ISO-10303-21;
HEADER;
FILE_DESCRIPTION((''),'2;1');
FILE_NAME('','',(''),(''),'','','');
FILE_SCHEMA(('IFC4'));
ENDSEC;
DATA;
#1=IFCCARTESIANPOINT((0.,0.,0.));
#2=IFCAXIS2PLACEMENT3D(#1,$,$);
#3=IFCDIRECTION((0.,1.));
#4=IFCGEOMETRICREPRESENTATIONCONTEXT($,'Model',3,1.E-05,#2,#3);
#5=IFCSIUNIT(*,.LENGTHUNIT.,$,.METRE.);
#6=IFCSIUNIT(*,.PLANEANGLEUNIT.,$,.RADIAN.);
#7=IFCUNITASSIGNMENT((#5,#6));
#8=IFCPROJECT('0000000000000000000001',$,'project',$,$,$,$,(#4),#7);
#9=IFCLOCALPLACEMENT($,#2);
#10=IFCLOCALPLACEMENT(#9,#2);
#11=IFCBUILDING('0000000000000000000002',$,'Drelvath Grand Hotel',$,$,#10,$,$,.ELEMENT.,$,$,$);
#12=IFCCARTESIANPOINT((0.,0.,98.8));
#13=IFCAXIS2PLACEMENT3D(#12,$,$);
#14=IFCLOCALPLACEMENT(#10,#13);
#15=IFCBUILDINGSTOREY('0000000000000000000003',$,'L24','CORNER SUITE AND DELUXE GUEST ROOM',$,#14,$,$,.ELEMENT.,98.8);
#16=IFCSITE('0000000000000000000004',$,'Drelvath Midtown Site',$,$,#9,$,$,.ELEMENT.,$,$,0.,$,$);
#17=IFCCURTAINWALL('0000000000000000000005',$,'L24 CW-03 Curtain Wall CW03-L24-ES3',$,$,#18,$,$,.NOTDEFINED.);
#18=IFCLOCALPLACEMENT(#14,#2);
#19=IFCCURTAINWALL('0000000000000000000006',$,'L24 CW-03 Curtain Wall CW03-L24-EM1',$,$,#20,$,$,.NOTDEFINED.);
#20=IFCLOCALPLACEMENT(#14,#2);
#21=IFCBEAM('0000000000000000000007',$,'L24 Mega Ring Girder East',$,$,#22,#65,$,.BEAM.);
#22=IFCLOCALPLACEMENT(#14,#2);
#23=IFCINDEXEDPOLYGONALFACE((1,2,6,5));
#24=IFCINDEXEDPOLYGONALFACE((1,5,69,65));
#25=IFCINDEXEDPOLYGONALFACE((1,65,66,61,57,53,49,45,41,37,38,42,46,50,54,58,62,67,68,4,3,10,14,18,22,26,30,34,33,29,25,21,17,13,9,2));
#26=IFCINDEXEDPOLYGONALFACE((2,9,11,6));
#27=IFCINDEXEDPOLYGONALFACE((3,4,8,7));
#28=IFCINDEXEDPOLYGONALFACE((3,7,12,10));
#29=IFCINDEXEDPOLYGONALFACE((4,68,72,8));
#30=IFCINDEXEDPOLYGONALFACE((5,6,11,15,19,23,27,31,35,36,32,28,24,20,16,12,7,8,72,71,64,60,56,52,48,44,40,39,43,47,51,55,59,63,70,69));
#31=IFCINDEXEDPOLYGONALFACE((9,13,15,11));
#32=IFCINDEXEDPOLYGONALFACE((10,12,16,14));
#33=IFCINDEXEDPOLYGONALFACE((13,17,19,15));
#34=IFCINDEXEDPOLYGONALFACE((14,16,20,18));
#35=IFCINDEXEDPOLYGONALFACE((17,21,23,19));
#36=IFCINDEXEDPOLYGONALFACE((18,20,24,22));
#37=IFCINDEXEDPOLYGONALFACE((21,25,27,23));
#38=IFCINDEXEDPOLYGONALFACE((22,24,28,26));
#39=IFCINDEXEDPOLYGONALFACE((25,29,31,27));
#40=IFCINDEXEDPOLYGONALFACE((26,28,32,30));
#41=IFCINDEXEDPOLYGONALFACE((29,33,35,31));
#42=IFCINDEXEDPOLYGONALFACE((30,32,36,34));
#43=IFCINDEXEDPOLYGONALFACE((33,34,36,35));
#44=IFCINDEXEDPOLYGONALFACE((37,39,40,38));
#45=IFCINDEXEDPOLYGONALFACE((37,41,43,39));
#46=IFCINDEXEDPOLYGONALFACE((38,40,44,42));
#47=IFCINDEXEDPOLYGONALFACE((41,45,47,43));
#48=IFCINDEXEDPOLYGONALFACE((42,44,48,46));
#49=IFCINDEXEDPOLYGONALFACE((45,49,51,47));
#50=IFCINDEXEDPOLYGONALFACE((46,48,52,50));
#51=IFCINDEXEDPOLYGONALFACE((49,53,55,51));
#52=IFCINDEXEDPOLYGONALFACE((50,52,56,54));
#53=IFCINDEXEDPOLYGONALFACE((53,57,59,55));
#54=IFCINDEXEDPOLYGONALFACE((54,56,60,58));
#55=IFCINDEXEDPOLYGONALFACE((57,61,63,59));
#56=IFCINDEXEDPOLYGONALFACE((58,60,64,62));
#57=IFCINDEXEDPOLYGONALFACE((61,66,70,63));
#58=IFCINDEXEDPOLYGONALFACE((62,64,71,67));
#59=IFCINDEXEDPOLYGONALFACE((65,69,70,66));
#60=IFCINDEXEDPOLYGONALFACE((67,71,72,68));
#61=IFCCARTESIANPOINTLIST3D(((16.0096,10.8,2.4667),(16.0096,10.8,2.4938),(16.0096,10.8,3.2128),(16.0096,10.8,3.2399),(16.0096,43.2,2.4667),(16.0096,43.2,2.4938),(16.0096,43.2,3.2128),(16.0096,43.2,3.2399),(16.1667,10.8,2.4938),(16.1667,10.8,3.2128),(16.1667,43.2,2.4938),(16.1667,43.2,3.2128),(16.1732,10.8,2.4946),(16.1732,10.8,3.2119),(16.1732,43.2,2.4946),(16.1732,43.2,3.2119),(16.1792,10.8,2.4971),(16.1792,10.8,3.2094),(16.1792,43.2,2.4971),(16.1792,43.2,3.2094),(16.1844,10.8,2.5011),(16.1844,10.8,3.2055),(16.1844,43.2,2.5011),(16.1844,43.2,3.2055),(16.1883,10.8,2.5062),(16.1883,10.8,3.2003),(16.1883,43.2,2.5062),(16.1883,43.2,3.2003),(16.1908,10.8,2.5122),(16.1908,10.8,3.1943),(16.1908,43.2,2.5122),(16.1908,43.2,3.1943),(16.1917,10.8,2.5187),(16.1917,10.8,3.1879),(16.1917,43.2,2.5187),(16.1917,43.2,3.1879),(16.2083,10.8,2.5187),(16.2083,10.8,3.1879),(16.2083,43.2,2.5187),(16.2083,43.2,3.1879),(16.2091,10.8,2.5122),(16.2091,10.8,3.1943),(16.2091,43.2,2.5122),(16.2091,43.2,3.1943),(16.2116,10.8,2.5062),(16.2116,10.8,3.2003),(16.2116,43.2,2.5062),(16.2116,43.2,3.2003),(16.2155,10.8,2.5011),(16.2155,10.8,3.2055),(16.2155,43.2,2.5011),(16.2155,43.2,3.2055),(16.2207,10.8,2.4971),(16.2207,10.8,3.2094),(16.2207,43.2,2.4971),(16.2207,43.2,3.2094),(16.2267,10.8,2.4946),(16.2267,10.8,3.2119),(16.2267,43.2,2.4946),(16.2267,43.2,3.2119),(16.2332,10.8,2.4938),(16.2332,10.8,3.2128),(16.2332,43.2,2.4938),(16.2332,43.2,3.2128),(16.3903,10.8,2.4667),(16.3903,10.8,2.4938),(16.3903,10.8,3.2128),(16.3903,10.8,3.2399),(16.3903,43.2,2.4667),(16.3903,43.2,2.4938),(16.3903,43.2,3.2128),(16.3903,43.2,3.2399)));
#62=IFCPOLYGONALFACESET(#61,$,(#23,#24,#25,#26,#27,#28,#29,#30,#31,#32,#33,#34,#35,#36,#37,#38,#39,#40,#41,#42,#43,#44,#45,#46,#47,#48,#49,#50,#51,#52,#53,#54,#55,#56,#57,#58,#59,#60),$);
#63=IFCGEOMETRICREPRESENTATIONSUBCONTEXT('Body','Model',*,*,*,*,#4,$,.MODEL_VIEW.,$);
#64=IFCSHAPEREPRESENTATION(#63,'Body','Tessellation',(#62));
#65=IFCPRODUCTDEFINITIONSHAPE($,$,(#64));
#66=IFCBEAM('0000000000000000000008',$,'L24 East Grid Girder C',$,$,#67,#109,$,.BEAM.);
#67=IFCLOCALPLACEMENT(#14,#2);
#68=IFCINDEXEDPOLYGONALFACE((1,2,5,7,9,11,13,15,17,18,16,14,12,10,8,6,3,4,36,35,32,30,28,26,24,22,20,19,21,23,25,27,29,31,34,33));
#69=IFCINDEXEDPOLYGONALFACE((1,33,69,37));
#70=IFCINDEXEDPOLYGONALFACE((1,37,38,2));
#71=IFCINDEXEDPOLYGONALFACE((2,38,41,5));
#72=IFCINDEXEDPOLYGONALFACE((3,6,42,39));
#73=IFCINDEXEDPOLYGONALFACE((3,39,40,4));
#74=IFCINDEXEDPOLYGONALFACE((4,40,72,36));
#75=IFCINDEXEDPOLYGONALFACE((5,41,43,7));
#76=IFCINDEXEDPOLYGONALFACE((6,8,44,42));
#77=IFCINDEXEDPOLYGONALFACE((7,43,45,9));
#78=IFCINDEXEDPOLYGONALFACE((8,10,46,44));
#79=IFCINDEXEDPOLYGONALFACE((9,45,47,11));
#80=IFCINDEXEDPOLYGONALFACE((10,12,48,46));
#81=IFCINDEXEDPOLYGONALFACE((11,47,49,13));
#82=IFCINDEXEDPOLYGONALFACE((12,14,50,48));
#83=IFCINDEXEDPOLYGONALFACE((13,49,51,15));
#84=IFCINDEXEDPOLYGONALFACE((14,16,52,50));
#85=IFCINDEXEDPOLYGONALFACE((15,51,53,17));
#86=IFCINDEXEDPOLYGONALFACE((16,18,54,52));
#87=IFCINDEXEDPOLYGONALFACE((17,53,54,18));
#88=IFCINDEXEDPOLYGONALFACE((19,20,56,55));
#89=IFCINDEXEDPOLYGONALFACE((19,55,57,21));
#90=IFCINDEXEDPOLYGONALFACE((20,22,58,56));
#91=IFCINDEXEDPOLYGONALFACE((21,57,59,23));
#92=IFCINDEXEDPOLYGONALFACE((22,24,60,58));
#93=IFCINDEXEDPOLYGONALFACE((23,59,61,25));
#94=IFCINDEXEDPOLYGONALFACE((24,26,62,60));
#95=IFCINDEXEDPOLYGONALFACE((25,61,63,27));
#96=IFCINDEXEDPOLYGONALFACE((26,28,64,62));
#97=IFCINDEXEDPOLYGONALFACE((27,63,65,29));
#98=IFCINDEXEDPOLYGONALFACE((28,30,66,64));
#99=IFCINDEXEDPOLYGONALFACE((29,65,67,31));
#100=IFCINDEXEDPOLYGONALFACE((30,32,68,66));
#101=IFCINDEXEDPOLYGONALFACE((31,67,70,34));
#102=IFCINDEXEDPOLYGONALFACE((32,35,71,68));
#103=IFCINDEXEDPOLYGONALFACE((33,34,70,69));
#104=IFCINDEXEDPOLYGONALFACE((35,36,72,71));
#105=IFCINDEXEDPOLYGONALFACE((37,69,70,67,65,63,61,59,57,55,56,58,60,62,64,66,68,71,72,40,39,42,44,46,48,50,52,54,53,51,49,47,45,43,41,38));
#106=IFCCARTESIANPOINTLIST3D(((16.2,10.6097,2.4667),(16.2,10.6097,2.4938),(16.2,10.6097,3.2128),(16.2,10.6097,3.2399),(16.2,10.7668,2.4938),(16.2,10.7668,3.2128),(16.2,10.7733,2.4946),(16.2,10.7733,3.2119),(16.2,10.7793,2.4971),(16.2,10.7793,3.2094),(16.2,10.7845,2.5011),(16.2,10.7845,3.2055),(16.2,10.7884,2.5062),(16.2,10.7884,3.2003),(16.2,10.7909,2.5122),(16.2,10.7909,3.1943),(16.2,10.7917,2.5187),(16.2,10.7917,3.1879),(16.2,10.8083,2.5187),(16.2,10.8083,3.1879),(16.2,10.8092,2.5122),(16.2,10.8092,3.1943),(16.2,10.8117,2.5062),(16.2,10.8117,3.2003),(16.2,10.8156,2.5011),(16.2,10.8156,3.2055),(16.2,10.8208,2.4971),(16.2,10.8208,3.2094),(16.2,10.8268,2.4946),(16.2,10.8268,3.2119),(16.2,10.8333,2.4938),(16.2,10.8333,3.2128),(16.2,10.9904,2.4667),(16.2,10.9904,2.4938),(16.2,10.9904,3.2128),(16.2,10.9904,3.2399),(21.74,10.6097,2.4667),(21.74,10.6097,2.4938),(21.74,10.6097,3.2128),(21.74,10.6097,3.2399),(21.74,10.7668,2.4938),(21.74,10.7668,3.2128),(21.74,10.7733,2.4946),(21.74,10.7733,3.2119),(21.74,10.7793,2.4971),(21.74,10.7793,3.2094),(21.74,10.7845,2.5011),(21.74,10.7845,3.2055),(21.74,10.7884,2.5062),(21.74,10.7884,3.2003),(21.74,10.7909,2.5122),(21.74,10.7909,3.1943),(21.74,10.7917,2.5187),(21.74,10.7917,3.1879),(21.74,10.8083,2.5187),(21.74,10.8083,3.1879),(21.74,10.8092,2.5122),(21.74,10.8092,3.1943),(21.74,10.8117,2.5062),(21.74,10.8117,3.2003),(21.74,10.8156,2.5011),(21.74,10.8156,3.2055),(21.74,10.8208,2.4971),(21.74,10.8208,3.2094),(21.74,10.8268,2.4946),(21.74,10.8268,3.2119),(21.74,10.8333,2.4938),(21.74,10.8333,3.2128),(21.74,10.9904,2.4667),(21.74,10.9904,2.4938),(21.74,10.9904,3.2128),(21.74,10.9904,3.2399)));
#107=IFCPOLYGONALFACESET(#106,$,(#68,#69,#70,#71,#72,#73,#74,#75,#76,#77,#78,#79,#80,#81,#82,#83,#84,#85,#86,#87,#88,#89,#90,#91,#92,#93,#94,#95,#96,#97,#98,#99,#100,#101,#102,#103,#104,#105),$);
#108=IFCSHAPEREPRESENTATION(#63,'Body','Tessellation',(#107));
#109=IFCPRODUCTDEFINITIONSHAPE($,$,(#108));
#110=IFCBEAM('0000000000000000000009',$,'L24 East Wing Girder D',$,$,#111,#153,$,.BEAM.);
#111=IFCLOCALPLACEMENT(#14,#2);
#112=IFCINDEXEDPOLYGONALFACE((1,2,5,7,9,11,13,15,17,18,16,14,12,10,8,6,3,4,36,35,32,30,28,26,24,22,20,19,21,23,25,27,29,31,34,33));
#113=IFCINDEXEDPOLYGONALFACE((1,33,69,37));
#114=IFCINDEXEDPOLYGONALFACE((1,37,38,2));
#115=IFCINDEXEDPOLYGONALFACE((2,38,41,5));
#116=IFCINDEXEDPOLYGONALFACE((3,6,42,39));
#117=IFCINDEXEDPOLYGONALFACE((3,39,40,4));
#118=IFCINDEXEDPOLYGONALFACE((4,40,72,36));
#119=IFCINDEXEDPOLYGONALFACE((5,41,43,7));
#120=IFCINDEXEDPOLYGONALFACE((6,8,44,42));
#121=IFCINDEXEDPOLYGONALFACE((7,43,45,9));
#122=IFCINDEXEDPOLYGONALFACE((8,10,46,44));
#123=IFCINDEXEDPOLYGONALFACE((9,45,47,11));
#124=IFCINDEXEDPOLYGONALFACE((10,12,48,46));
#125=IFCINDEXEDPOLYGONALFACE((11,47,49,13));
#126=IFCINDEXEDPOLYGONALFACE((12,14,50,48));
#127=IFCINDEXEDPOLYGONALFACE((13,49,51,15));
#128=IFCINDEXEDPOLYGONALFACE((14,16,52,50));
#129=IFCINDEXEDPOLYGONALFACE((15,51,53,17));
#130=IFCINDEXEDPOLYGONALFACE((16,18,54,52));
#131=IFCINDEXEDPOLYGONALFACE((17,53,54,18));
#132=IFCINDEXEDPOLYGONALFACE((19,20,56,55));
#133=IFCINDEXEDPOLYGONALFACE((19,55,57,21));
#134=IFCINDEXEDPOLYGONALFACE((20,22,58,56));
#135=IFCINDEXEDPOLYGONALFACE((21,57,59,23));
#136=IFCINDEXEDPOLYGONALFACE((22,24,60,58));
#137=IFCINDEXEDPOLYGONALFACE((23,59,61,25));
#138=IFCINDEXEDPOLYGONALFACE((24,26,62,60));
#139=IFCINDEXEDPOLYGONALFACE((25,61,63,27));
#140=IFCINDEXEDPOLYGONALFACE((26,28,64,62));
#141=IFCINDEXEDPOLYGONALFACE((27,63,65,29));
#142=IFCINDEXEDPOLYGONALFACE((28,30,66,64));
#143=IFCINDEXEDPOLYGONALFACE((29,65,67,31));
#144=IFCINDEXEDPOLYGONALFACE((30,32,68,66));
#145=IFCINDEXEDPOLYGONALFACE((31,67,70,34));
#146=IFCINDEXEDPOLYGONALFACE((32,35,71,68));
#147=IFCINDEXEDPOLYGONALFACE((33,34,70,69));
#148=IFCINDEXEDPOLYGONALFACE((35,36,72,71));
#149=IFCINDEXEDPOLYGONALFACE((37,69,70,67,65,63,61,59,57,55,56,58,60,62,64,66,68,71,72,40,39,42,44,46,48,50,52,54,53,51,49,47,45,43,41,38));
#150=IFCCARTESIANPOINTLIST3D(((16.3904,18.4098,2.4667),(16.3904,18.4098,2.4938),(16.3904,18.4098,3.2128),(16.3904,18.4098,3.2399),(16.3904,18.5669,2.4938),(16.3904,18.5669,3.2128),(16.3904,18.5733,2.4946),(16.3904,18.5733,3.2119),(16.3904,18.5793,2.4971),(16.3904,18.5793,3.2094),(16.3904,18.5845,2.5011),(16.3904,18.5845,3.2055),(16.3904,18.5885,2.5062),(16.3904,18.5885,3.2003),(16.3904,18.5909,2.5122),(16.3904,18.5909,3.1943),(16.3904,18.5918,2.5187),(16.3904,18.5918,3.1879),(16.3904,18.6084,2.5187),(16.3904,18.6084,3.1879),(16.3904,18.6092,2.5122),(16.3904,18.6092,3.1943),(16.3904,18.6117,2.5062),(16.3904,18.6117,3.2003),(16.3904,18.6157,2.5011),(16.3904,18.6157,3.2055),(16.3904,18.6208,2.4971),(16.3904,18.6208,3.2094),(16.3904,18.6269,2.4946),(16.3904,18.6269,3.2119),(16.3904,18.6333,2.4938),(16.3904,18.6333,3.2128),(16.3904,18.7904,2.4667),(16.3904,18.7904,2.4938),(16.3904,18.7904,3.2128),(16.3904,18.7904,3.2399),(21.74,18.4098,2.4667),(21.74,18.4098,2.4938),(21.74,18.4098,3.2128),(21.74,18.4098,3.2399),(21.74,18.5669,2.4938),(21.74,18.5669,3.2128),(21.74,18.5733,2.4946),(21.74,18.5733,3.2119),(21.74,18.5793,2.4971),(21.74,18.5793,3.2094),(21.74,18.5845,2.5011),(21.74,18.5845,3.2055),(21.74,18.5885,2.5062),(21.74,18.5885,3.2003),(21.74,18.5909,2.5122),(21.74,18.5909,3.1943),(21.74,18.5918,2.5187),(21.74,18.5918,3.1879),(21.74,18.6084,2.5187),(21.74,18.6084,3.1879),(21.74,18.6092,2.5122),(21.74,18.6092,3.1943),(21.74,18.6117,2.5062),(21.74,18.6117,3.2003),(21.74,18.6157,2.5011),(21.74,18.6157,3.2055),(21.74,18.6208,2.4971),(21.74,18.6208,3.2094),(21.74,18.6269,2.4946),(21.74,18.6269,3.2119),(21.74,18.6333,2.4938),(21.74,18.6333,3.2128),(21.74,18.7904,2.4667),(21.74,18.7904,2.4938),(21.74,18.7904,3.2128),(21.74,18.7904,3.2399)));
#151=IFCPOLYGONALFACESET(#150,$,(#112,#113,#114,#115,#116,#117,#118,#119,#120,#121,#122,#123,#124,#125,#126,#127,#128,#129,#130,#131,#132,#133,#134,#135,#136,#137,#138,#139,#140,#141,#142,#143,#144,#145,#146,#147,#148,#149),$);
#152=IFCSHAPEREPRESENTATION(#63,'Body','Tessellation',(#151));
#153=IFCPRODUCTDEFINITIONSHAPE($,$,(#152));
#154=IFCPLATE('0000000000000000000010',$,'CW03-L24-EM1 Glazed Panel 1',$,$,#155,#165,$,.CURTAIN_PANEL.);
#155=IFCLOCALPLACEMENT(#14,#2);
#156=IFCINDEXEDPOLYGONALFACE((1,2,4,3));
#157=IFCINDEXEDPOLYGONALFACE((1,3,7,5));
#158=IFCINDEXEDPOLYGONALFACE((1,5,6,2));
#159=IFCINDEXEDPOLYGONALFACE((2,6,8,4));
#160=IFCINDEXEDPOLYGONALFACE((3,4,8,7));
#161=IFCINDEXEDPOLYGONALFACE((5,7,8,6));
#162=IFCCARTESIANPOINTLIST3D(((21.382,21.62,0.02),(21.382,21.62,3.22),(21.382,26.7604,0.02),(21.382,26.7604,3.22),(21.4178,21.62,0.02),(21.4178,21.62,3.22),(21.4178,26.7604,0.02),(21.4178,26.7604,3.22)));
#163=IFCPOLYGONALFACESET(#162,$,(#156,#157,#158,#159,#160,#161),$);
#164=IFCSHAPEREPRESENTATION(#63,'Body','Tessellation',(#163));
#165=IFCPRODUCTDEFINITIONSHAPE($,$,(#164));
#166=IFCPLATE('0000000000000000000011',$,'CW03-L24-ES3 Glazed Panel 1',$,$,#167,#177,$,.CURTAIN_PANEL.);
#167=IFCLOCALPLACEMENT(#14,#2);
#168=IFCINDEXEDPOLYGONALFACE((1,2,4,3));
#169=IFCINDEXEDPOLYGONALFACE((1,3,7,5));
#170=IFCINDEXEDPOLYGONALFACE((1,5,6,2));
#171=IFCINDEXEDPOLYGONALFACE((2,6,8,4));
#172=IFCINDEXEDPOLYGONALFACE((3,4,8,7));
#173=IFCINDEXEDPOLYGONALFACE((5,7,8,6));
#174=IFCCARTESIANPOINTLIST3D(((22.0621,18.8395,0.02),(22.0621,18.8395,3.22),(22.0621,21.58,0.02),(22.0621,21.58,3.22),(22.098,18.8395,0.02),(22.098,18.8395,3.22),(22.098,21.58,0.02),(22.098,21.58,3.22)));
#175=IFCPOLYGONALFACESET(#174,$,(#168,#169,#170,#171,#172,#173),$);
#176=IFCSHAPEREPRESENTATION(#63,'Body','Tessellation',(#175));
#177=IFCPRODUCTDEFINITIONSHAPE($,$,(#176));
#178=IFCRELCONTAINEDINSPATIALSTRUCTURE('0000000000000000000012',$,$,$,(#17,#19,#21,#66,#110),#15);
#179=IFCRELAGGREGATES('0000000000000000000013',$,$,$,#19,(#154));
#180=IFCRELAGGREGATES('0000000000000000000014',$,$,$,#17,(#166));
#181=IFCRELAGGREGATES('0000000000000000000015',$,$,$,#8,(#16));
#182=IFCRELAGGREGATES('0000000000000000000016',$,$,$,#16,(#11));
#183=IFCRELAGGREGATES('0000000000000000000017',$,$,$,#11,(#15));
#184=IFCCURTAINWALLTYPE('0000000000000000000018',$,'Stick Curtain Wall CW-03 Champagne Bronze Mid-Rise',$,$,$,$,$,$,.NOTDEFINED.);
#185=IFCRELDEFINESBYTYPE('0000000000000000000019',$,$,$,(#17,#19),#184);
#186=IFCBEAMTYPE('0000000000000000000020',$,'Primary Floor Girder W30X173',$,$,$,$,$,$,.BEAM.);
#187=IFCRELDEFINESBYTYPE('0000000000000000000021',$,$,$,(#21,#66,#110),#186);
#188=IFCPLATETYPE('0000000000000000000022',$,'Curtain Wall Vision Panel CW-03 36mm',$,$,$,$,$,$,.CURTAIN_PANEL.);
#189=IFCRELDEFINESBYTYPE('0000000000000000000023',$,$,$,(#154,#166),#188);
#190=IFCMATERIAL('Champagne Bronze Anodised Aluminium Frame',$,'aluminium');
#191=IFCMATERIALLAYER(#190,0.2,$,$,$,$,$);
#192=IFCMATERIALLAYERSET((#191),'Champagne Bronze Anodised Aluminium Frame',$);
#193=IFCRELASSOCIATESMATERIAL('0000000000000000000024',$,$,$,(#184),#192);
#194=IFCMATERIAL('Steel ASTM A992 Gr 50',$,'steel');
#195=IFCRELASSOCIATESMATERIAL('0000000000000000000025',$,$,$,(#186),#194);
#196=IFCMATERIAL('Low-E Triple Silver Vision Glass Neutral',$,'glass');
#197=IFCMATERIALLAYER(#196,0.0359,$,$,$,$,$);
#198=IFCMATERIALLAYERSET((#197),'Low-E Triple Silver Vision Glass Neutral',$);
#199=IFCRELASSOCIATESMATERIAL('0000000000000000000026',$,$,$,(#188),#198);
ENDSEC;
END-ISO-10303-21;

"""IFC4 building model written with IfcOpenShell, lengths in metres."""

from ifc_helpers import new_model, si_unit, direction, frame, origin, origin_2d, place, context, subcontext, project, spatial, rectangle, i_section, extrude, material, layer, layer_set, material_profile, profile_set, type_object, element, aggregate, save


model = new_model("IFC4")

# Units and contexts
model_context = context("Model", 3, precision=1e-05, world=origin(), true_north=direction((0.0, 1.0)))
body_context = subcontext(model_context, "Body", "Model", "MODEL_VIEW")
ifc_project = project(units=[si_unit("LENGTHUNIT", "METRE"), si_unit("PLANEANGLEUNIT", "RADIAN")], contexts=[model_context])

# Site, building, storey
site_placement = place(None, origin())
site = spatial("IfcSite", under=ifc_project, at=site_placement, Name="Drelvath Midtown Site", CompositionType="ELEMENT", RefElevation=0.0)
building_placement = place(site_placement, origin())
building = spatial("IfcBuilding", under=site, at=building_placement, Name="Drelvath Grand Hotel", CompositionType="ELEMENT")
storey_placement = place(building_placement, frame((0.0, 0.0, 98.8)))
storey = spatial("IfcBuildingStorey", under=building, at=storey_placement, Name="L24", Description="CORNER SUITE AND DELUXE GUEST ROOM", CompositionType="ELEMENT", Elevation=98.8)

# Shared definitions
ifc_material_1 = material(Name="Steel ASTM A992 Gr 50", Category="steel")

# Curtain walls
ifc_material_2 = material(Name="Champagne Bronze Anodised Aluminium Frame", Category="aluminium")
ifc_layer_1 = layer(ifc_material_2, 0.2)
ifc_layer_set_1 = layer_set([ifc_layer_1], Name="Champagne Bronze Anodised Aluminium Frame")
curtain_wall_type = type_object("IfcCurtainWallType", Name="Stick Curtain Wall CW-03 Champagne Bronze Mid-Rise", PredefinedType="NOTDEFINED", material=ifc_layer_set_1)
curtain_wall_1_placement = place(storey_placement, origin())
curtain_wall_1 = element("IfcCurtainWall", 1, at=curtain_wall_1_placement, inside=storey, type_object=curtain_wall_type, Name="L24 CW-03 Curtain Wall CW03-L24-ES3", PredefinedType="NOTDEFINED")
curtain_wall_2_placement = place(storey_placement, origin())
curtain_wall_2 = element("IfcCurtainWall", 2, at=curtain_wall_2_placement, inside=storey, type_object=curtain_wall_type, Name="L24 CW-03 Curtain Wall CW03-L24-EM1", PredefinedType="NOTDEFINED")

# Beams
ifc_material_profile_1 = material_profile(ifc_material_1, i_section(OverallWidth=0.3806, OverallDepth=0.7732, WebThickness=0.0166, FlangeThickness=0.0271, FilletRadius=0.0249, at=origin_2d()), Name="W30X173")
ifc_profile_set_1 = profile_set([ifc_material_profile_1], Name="Steel ASTM A992 Gr 50")
beam_type_1 = type_object("IfcBeamType", Name="Primary Floor Girder W30X173", PredefinedType="BEAM", material=ifc_profile_set_1)
beam_1_placement = place(storey_placement, frame((16.2, 10.8, 2.8533), z_axis=(0.0, 1.0, 0.0), x_axis=(-1.0, 0.0, 0.0)))
element("IfcBeam", 3, at=beam_1_placement, inside=storey, type_object=beam_type_1, Name="L24 Mega Ring Girder East", PredefinedType="BEAM", context=body_context, shape_type="SweptSolid", body=[
    extrude(i_section(OverallWidth=0.3806, OverallDepth=0.7732, WebThickness=0.0166, FlangeThickness=0.0271, FilletRadius=0.0249, at=origin_2d()), origin(), (0.0, 0.0, 1.0), 32.3999),
])
beam_2_placement = place(storey_placement, frame((16.2, 10.8, 2.8533), z_axis=(1.0, 0.0, 0.0), x_axis=(0.0, 1.0, 0.0)))
element("IfcBeam", 4, at=beam_2_placement, inside=storey, type_object=beam_type_1, Name="L24 East Grid Girder C", PredefinedType="BEAM", context=body_context, shape_type="SweptSolid", body=[
    extrude(i_section(OverallWidth=0.3806, OverallDepth=0.7732, WebThickness=0.0166, FlangeThickness=0.0271, FilletRadius=0.0249, at=origin_2d()), origin(), (0.0, 0.0, 1.0), 5.54),
])
beam_3_placement = place(storey_placement, frame((16.3904, 18.6001, 2.8533), z_axis=(1.0, 0.0, 0.0), x_axis=(0.0, 1.0, 0.0)))
element("IfcBeam", 5, at=beam_3_placement, inside=storey, type_object=beam_type_1, Name="L24 East Wing Girder D", PredefinedType="BEAM", context=body_context, shape_type="SweptSolid", body=[
    extrude(i_section(OverallWidth=0.3806, OverallDepth=0.7732, WebThickness=0.0166, FlangeThickness=0.0271, FilletRadius=0.0249, at=origin_2d()), origin(), (0.0, 0.0, 1.0), 5.3496),
])

# Plates
ifc_material_3 = material(Name="Low-E Triple Silver Vision Glass Neutral", Category="glass")
ifc_layer_2 = layer(ifc_material_3, 0.0359)
ifc_layer_set_2 = layer_set([ifc_layer_2], Name="Low-E Triple Silver Vision Glass Neutral")
plate_type = type_object("IfcPlateType", Name="Curtain Wall Vision Panel CW-03 36mm", PredefinedType="CURTAIN_PANEL", material=ifc_layer_set_2)
plate_1_placement = place(storey_placement, frame((21.3999, 24.1902, 0.02), z_axis=(0.0, 0.0, 1.0), x_axis=(0.0, -1.0, 0.0)))
plate_1 = element("IfcPlate", 6, at=plate_1_placement, type_object=plate_type, Name="CW03-L24-EM1 Glazed Panel 1", PredefinedType="CURTAIN_PANEL", context=body_context, shape_type="SweptSolid", body=[
    extrude(rectangle(XDim=5.1404, YDim=0.0359, at=origin_2d()), origin(), (0.0, 0.0, 1.0), 3.2),
])
aggregate(curtain_wall_2, [plate_1])
plate_2_placement = place(storey_placement, frame((22.0801, 20.2097, 0.02), z_axis=(0.0, 0.0, 1.0), x_axis=(0.0, -1.0, 0.0)))
plate_2 = element("IfcPlate", 7, at=plate_2_placement, type_object=plate_type, Name="CW03-L24-ES3 Glazed Panel 1", PredefinedType="CURTAIN_PANEL", context=body_context, shape_type="SweptSolid", body=[
    extrude(rectangle(XDim=2.7405, YDim=0.0359, at=origin_2d()), origin(), (0.0, 0.0, 1.0), 3.2),
])
aggregate(curtain_wall_1, [plate_2])

save(model, "model.ifc")
